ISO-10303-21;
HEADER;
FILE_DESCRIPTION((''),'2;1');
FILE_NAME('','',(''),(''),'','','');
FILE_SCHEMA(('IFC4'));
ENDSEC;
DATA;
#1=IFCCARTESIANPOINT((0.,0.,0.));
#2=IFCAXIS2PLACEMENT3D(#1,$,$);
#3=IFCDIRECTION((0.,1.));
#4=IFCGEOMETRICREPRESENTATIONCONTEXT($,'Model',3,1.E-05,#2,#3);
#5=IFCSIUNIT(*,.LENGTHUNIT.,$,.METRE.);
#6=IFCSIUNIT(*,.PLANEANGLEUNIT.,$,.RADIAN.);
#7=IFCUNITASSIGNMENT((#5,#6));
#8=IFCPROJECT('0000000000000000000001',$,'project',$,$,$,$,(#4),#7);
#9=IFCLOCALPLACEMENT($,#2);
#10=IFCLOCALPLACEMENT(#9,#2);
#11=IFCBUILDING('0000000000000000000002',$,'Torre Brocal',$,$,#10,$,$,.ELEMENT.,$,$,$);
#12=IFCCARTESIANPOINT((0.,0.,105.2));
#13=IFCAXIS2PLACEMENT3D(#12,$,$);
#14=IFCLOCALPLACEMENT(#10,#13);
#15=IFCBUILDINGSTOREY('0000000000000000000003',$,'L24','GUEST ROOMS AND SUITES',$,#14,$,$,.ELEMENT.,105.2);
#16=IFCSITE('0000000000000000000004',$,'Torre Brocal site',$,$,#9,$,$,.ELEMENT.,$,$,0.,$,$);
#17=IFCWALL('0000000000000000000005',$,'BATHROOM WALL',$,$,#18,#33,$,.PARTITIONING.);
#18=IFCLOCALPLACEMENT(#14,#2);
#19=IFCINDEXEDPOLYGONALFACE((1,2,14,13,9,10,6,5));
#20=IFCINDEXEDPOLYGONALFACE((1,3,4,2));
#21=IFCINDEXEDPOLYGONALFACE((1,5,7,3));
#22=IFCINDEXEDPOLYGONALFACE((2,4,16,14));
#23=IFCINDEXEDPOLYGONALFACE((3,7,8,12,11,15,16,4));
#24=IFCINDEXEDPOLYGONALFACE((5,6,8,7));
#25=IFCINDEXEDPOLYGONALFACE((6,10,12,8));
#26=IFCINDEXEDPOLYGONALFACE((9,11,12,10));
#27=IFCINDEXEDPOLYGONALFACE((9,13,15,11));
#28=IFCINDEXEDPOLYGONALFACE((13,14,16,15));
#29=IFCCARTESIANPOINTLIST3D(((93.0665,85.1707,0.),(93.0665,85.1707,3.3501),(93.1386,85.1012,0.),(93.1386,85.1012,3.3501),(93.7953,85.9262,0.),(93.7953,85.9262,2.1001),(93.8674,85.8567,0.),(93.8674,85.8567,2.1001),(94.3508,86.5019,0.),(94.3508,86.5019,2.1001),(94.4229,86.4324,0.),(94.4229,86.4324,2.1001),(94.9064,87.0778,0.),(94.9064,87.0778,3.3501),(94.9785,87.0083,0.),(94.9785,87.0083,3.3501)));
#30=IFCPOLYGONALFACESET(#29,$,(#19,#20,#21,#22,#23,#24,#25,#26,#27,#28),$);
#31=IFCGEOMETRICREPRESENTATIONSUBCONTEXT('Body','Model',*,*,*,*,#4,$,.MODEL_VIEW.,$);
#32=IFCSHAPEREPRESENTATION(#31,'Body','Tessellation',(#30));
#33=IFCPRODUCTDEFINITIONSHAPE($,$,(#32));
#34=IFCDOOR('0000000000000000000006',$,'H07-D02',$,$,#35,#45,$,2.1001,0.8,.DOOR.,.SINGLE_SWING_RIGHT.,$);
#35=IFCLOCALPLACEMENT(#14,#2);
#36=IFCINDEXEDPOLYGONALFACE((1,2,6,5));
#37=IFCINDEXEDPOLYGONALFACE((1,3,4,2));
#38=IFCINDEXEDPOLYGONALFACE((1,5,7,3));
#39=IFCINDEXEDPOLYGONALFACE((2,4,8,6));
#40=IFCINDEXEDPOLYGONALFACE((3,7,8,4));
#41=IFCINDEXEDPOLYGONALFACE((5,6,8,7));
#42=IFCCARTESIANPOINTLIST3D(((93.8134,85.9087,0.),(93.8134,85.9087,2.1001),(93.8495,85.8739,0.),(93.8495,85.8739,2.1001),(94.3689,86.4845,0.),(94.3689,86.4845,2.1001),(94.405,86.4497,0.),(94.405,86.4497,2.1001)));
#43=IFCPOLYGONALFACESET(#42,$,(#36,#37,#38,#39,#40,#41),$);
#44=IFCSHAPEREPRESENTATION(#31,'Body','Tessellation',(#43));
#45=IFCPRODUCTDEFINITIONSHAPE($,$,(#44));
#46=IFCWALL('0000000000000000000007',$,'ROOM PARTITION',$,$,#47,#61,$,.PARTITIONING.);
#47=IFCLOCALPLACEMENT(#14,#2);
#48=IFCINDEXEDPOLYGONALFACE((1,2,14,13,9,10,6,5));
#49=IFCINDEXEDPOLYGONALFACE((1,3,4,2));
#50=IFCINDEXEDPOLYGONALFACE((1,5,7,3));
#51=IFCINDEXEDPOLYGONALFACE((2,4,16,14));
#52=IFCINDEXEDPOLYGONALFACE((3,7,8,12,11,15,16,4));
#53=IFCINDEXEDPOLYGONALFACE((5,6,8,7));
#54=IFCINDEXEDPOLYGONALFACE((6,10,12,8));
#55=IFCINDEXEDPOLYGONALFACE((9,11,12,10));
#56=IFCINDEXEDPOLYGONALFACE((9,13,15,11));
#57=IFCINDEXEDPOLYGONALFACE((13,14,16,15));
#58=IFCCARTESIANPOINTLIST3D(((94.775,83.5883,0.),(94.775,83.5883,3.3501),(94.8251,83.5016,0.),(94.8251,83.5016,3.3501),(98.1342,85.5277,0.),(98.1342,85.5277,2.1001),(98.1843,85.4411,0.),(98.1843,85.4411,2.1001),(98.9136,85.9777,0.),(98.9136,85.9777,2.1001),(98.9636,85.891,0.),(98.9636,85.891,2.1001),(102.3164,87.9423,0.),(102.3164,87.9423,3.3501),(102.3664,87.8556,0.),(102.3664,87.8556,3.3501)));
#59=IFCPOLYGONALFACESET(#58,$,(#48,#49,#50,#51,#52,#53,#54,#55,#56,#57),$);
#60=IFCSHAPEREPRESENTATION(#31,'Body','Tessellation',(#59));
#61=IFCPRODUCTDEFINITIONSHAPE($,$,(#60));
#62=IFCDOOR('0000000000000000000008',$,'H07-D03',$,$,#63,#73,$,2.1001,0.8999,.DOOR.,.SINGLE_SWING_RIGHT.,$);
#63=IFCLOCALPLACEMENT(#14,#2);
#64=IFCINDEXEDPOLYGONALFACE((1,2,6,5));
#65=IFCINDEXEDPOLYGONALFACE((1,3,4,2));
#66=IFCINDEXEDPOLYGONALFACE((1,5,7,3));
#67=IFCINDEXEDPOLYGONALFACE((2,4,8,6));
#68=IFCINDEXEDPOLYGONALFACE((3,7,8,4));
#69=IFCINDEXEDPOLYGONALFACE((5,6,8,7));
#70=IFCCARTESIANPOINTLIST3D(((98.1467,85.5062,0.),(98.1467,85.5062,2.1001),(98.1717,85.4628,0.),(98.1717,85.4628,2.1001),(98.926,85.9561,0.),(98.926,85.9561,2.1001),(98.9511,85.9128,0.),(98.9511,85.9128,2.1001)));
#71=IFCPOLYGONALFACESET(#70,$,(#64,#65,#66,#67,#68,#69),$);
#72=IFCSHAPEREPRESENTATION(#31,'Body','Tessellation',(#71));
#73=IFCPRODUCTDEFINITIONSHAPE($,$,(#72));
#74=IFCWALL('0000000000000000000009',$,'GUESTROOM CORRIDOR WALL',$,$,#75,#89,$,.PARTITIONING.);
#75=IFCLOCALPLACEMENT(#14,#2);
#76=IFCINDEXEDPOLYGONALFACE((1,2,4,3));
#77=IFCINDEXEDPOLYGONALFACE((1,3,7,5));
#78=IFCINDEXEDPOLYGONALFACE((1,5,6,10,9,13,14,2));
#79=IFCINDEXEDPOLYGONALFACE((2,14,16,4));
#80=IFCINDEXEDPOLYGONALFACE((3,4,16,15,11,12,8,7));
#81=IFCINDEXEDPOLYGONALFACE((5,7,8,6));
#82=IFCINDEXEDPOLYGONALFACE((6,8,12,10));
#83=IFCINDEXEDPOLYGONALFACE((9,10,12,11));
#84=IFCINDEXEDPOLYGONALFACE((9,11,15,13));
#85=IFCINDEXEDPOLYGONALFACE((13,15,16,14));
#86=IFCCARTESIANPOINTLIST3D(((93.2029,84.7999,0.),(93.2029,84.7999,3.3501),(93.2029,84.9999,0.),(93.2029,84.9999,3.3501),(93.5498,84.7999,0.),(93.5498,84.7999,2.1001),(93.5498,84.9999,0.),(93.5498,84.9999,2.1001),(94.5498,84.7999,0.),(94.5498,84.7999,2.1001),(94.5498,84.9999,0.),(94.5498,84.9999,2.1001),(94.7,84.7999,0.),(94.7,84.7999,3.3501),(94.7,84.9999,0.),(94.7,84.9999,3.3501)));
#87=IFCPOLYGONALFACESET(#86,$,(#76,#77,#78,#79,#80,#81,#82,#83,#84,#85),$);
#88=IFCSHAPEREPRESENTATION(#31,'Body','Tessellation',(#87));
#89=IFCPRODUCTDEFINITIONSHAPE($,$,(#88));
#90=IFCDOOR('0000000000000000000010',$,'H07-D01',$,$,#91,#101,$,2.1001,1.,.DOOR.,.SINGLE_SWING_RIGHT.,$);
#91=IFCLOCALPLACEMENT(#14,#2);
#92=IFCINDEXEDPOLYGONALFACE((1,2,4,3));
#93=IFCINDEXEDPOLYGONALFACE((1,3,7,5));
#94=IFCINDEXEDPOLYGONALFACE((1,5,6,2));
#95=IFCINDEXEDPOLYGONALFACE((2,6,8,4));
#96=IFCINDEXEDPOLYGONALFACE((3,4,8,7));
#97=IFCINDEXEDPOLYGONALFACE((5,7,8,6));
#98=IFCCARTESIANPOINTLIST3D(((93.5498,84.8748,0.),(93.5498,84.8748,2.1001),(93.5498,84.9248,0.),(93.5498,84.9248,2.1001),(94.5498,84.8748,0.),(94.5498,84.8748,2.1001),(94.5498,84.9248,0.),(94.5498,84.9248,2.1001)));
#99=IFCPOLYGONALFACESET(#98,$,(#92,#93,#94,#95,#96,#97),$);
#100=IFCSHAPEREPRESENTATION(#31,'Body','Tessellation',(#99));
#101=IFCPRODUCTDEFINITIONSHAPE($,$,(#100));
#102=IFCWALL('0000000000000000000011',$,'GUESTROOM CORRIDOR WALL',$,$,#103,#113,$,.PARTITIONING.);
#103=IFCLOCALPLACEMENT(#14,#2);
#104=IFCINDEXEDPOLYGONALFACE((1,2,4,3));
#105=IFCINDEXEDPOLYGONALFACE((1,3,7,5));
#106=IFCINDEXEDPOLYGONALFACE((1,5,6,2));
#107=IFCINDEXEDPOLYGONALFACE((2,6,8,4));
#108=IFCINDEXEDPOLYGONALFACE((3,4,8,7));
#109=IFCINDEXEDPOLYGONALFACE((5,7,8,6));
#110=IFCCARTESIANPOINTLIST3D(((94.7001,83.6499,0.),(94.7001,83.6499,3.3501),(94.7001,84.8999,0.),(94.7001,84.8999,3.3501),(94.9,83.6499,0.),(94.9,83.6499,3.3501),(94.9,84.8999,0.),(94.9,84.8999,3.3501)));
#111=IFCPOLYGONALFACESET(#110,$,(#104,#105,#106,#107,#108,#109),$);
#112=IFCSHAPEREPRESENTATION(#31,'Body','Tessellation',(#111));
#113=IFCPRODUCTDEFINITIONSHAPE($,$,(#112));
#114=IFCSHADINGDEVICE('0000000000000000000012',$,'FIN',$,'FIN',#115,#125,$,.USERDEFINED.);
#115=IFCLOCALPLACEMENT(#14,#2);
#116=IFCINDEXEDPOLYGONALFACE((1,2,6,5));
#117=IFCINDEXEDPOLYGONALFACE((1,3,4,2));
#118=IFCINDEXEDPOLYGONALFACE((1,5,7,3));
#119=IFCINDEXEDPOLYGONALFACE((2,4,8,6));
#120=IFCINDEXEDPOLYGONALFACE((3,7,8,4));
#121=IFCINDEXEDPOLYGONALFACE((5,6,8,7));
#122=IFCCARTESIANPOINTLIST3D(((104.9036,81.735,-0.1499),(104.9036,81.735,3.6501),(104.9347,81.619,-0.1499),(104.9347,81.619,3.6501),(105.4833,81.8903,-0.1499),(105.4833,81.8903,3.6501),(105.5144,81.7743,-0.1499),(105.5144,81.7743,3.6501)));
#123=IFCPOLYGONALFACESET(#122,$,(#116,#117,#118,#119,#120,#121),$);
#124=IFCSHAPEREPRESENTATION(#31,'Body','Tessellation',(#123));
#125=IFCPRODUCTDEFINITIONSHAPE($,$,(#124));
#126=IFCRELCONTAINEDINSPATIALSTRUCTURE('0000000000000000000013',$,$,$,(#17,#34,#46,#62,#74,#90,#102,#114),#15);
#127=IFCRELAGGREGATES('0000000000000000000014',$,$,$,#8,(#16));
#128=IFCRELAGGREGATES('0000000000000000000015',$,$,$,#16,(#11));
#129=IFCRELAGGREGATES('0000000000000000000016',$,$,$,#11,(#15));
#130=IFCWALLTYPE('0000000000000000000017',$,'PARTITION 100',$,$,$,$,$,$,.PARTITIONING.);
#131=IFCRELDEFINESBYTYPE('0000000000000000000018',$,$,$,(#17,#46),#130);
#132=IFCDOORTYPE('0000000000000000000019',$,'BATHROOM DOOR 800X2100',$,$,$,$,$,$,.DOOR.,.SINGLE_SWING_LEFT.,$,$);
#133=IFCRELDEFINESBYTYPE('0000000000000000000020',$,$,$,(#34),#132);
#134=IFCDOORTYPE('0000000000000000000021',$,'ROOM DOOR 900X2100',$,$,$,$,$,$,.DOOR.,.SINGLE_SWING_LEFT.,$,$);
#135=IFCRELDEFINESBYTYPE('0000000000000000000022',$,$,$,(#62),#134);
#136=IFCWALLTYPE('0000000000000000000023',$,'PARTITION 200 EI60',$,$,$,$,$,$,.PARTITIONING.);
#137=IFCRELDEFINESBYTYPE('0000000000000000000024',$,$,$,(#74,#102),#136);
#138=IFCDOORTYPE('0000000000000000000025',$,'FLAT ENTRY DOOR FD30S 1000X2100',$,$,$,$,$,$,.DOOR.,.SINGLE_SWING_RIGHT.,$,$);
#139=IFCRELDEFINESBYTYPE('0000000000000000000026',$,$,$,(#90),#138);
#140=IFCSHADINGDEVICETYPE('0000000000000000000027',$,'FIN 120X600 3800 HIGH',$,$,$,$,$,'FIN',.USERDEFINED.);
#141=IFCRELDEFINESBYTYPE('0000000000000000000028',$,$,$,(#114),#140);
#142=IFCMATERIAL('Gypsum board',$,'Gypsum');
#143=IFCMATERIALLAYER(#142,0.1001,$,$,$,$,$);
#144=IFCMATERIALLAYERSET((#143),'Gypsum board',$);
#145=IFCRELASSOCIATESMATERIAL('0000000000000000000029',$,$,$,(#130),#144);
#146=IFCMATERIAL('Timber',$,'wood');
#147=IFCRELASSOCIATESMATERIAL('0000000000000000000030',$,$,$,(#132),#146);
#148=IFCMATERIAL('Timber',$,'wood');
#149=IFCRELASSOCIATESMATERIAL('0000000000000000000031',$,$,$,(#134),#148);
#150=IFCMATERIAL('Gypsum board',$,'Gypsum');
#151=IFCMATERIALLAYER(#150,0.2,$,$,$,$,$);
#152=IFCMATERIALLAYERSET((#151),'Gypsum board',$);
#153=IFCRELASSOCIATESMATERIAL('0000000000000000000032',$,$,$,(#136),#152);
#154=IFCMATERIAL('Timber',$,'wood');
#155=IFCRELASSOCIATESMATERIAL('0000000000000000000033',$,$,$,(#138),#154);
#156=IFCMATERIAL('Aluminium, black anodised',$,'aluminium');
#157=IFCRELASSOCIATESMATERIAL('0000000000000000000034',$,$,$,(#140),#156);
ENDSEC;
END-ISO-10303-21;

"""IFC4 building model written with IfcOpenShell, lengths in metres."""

from ifc_helpers import new_model, si_unit, direction, frame, frame_2d, origin, origin_2d, place, context, subcontext, project, spatial, rectangle, extrude, material, layer, layer_set, material_profile, profile_set, type_object, element, fill, save


model = new_model("IFC4")

# Units and contexts
model_context = context("Model", 3, precision=1e-05, world=origin(), true_north=direction((0.0, 1.0)))
body_context = subcontext(model_context, "Body", "Model", "MODEL_VIEW")
ifc_project = project(units=[si_unit("LENGTHUNIT", "METRE"), si_unit("PLANEANGLEUNIT", "RADIAN")], contexts=[model_context])

# Site, building, storey
site_placement = place(None, origin())
site = spatial("IfcSite", under=ifc_project, at=site_placement, Name="Torre Brocal site", CompositionType="ELEMENT", RefElevation=0.0)
building_placement = place(site_placement, origin())
building = spatial("IfcBuilding", under=site, at=building_placement, Name="Torre Brocal", CompositionType="ELEMENT")
storey_placement = place(building_placement, frame((0.0, 0.0, 105.2)))
storey = spatial("IfcBuildingStorey", under=building, at=storey_placement, Name="L24", Description="GUEST ROOMS AND SUITES", CompositionType="ELEMENT", Elevation=105.2)

# Walls, openings, doors
ifc_material_1 = material(Name="Gypsum board", Category="Gypsum")
ifc_layer_1 = layer(ifc_material_1, 0.1001)
ifc_layer_set_1 = layer_set([ifc_layer_1], Name="Gypsum board")
wall_type_1 = type_object("IfcWallType", Name="PARTITION 100", PredefinedType="PARTITIONING", material=ifc_layer_set_1)
wall_1_placement = place(storey_placement, frame((93.1025, 85.136, 0.0), z_axis=(0.0, 0.0, 1.0), x_axis=(0.694325, 0.719662, 0.0)))
wall_1 = element("IfcWall", 1, at=wall_1_placement, inside=storey, type_object=wall_type_1, Name="BATHROOM WALL", PredefinedType="PARTITIONING", context=body_context, shape_type="SweptSolid", body=[
    extrude(rectangle(XDim=2.6499, YDim=0.1001, at=frame_2d((1.325, 0.0))), origin(), (0.0, 0.0, 1.0), 3.3501),
])
opening_1_placement = place(wall_1_placement, frame((1.0498, 0.0, 0.0)))
opening_1 = element("IfcOpeningElement", 2, at=opening_1_placement, cuts=wall_1, PredefinedType="OPENING", context=body_context, shape_type="SweptSolid", body=[
    extrude(rectangle(XDim=0.8, YDim=2.1001, at=frame_2d((0.3999, 1.05))), frame((0.0, 0.0601, 0.0), z_axis=(0.0, -1.0, 0.0), x_axis=(1.0, 0.0, 0.0)), (0.0, 0.0, 1.0), 0.1201),
])
ifc_material_2 = material(Name="Timber", Category="wood")
door_type_1 = type_object("IfcDoorType", Name="BATHROOM DOOR 800X2100", OperationType="SINGLE_SWING_LEFT", PredefinedType="DOOR", material=ifc_material_2)
door_1_placement = place(opening_1_placement, origin())
door_1 = element("IfcDoor", 3, at=door_1_placement, inside=storey, type_object=door_type_1, Name="H07-D02", OperationType="SINGLE_SWING_RIGHT", OverallHeight=2.1001, OverallWidth=0.8, PredefinedType="DOOR", context=body_context, shape_type="SweptSolid", body=[
    extrude(rectangle(XDim=0.8, YDim=2.1001, at=frame_2d((0.3999, 1.05))), frame((0.0, 0.0249, 0.0), z_axis=(0.0, -1.0, 0.0), x_axis=(1.0, 0.0, 0.0)), (0.0, 0.0, 1.0), 0.05),
])
fill(opening_1, door_1)
wall_2_placement = place(storey_placement, frame((94.8, 83.5449, 0.0), z_axis=(0.0, 0.0, 1.0), x_axis=(0.866023, 0.500005, 0.0)))
wall_2 = element("IfcWall", 4, at=wall_2_placement, inside=storey, type_object=wall_type_1, Name="ROOM PARTITION", PredefinedType="PARTITIONING", context=body_context, shape_type="SweptSolid", body=[
    extrude(rectangle(XDim=8.708, YDim=0.1001, at=frame_2d((4.354, 0.0))), origin(), (0.0, 0.0, 1.0), 3.3501),
])
opening_2_placement = place(wall_2_placement, frame((3.8789, 0.0, 0.0)))
opening_2 = element("IfcOpeningElement", 5, at=opening_2_placement, cuts=wall_2, PredefinedType="OPENING", context=body_context, shape_type="SweptSolid", body=[
    extrude(rectangle(XDim=0.8999, YDim=2.1001, at=frame_2d((0.45, 1.05))), frame((0.0, 0.0601, 0.0), z_axis=(0.0, -1.0, 0.0), x_axis=(1.0, 0.0, 0.0)), (0.0, 0.0, 1.0), 0.1201),
])
ifc_material_3 = material(Name="Timber", Category="wood")
door_type_2 = type_object("IfcDoorType", Name="ROOM DOOR 900X2100", OperationType="SINGLE_SWING_LEFT", PredefinedType="DOOR", material=ifc_material_3)
door_2_placement = place(opening_2_placement, frame((0.8999, 0.0, 0.0), z_axis=(0.0, 0.0, 1.0), x_axis=(-1.0, 0.0, 0.0)))
door_2 = element("IfcDoor", 6, at=door_2_placement, inside=storey, type_object=door_type_2, Name="H07-D03", OperationType="SINGLE_SWING_RIGHT", OverallHeight=2.1001, OverallWidth=0.8999, PredefinedType="DOOR", context=body_context, shape_type="SweptSolid", body=[
    extrude(rectangle(XDim=0.8999, YDim=2.1001, at=frame_2d((0.45, 1.05))), frame((0.0, 0.0249, 0.0), z_axis=(0.0, -1.0, 0.0), x_axis=(1.0, 0.0, 0.0)), (0.0, 0.0, 1.0), 0.05),
])
fill(opening_2, door_2)
ifc_material_4 = material(Name="Gypsum board", Category="Gypsum")
ifc_layer_2 = layer(ifc_material_4, 0.2)
ifc_layer_set_2 = layer_set([ifc_layer_2], Name="Gypsum board")
wall_type_2 = type_object("IfcWallType", Name="PARTITION 200 EI60", PredefinedType="PARTITIONING", material=ifc_layer_set_2)
wall_3_placement = place(storey_placement, frame((93.2029, 84.8999, 0.0), z_axis=(0.0, 0.0, 1.0), x_axis=(1.0, 0.0, 0.0)))
wall_3 = element("IfcWall", 7, at=wall_3_placement, inside=storey, type_object=wall_type_2, Name="GUESTROOM CORRIDOR WALL", PredefinedType="PARTITIONING", context=body_context, shape_type="SweptSolid", body=[
    extrude(rectangle(XDim=1.4971, YDim=0.2, at=frame_2d((0.7485, 0.0))), origin(), (0.0, 0.0, 1.0), 3.3501),
])
opening_3_placement = place(wall_3_placement, frame((0.3469, 0.0, 0.0)))
opening_3 = element("IfcOpeningElement", 8, at=opening_3_placement, cuts=wall_3, PredefinedType="OPENING", context=body_context, shape_type="SweptSolid", body=[
    extrude(rectangle(XDim=1.0, YDim=2.1001, at=frame_2d((0.5, 1.05))), frame((0.0, 0.1099, 0.0), z_axis=(0.0, -1.0, 0.0), x_axis=(1.0, 0.0, 0.0)), (0.0, 0.0, 1.0), 0.22),
])
ifc_material_5 = material(Name="Timber", Category="wood")
door_type_3 = type_object("IfcDoorType", Name="FLAT ENTRY DOOR FD30S 1000X2100", OperationType="SINGLE_SWING_RIGHT", PredefinedType="DOOR", material=ifc_material_5)
door_3_placement = place(opening_3_placement, origin())
door_3 = element("IfcDoor", 9, at=door_3_placement, inside=storey, type_object=door_type_3, Name="H07-D01", OperationType="SINGLE_SWING_RIGHT", OverallHeight=2.1001, OverallWidth=1.0, PredefinedType="DOOR", context=body_context, shape_type="SweptSolid", body=[
    extrude(rectangle(XDim=1.0, YDim=2.1001, at=frame_2d((0.5, 1.05))), frame((0.0, 0.0249, 0.0), z_axis=(0.0, -1.0, 0.0), x_axis=(1.0, 0.0, 0.0)), (0.0, 0.0, 1.0), 0.05),
])
fill(opening_3, door_3)

# Wall
wall_4_placement = place(storey_placement, frame((94.8, 83.6499, 0.0), z_axis=(0.0, 0.0, 1.0), x_axis=(0.0, 1.0, 0.0)))
element("IfcWall", 10, at=wall_4_placement, inside=storey, type_object=wall_type_2, Name="GUESTROOM CORRIDOR WALL", PredefinedType="PARTITIONING", context=body_context, shape_type="SweptSolid", body=[
    extrude(rectangle(XDim=1.25, YDim=0.2, at=frame_2d((0.625, 0.0))), origin(), (0.0, 0.0, 1.0), 3.3501),
])

# Shading device
ifc_material_6 = material(Name="Aluminium, black anodised", Category="aluminium")
ifc_material_profile_1 = material_profile(ifc_material_6, rectangle(XDim=0.1201, YDim=0.6001, at=origin_2d()), Name="FIN 120X600 3800 HIGH")
ifc_profile_set_1 = profile_set([ifc_material_profile_1], Name="Aluminium, black anodised")
shading_device_type = type_object("IfcShadingDeviceType", Name="FIN 120X600 3800 HIGH", ElementType="FIN", PredefinedType="USERDEFINED", material=ifc_profile_set_1)
shading_device_placement = place(storey_placement, frame((105.209, 81.7546, -0.1499), z_axis=(0.0, 0.0, 1.0), x_axis=(-0.258819, 0.965926, 0.0)))
element("IfcShadingDevice", 11, at=shading_device_placement, inside=storey, type_object=shading_device_type, Name="FIN", ObjectType="FIN", PredefinedType="USERDEFINED", context=body_context, shape_type="SweptSolid", body=[
    extrude(rectangle(XDim=0.1201, YDim=0.6001, at=origin_2d()), origin(), (0.0, 0.0, 1.0), 3.8),
])

save(model, "model.ifc")
